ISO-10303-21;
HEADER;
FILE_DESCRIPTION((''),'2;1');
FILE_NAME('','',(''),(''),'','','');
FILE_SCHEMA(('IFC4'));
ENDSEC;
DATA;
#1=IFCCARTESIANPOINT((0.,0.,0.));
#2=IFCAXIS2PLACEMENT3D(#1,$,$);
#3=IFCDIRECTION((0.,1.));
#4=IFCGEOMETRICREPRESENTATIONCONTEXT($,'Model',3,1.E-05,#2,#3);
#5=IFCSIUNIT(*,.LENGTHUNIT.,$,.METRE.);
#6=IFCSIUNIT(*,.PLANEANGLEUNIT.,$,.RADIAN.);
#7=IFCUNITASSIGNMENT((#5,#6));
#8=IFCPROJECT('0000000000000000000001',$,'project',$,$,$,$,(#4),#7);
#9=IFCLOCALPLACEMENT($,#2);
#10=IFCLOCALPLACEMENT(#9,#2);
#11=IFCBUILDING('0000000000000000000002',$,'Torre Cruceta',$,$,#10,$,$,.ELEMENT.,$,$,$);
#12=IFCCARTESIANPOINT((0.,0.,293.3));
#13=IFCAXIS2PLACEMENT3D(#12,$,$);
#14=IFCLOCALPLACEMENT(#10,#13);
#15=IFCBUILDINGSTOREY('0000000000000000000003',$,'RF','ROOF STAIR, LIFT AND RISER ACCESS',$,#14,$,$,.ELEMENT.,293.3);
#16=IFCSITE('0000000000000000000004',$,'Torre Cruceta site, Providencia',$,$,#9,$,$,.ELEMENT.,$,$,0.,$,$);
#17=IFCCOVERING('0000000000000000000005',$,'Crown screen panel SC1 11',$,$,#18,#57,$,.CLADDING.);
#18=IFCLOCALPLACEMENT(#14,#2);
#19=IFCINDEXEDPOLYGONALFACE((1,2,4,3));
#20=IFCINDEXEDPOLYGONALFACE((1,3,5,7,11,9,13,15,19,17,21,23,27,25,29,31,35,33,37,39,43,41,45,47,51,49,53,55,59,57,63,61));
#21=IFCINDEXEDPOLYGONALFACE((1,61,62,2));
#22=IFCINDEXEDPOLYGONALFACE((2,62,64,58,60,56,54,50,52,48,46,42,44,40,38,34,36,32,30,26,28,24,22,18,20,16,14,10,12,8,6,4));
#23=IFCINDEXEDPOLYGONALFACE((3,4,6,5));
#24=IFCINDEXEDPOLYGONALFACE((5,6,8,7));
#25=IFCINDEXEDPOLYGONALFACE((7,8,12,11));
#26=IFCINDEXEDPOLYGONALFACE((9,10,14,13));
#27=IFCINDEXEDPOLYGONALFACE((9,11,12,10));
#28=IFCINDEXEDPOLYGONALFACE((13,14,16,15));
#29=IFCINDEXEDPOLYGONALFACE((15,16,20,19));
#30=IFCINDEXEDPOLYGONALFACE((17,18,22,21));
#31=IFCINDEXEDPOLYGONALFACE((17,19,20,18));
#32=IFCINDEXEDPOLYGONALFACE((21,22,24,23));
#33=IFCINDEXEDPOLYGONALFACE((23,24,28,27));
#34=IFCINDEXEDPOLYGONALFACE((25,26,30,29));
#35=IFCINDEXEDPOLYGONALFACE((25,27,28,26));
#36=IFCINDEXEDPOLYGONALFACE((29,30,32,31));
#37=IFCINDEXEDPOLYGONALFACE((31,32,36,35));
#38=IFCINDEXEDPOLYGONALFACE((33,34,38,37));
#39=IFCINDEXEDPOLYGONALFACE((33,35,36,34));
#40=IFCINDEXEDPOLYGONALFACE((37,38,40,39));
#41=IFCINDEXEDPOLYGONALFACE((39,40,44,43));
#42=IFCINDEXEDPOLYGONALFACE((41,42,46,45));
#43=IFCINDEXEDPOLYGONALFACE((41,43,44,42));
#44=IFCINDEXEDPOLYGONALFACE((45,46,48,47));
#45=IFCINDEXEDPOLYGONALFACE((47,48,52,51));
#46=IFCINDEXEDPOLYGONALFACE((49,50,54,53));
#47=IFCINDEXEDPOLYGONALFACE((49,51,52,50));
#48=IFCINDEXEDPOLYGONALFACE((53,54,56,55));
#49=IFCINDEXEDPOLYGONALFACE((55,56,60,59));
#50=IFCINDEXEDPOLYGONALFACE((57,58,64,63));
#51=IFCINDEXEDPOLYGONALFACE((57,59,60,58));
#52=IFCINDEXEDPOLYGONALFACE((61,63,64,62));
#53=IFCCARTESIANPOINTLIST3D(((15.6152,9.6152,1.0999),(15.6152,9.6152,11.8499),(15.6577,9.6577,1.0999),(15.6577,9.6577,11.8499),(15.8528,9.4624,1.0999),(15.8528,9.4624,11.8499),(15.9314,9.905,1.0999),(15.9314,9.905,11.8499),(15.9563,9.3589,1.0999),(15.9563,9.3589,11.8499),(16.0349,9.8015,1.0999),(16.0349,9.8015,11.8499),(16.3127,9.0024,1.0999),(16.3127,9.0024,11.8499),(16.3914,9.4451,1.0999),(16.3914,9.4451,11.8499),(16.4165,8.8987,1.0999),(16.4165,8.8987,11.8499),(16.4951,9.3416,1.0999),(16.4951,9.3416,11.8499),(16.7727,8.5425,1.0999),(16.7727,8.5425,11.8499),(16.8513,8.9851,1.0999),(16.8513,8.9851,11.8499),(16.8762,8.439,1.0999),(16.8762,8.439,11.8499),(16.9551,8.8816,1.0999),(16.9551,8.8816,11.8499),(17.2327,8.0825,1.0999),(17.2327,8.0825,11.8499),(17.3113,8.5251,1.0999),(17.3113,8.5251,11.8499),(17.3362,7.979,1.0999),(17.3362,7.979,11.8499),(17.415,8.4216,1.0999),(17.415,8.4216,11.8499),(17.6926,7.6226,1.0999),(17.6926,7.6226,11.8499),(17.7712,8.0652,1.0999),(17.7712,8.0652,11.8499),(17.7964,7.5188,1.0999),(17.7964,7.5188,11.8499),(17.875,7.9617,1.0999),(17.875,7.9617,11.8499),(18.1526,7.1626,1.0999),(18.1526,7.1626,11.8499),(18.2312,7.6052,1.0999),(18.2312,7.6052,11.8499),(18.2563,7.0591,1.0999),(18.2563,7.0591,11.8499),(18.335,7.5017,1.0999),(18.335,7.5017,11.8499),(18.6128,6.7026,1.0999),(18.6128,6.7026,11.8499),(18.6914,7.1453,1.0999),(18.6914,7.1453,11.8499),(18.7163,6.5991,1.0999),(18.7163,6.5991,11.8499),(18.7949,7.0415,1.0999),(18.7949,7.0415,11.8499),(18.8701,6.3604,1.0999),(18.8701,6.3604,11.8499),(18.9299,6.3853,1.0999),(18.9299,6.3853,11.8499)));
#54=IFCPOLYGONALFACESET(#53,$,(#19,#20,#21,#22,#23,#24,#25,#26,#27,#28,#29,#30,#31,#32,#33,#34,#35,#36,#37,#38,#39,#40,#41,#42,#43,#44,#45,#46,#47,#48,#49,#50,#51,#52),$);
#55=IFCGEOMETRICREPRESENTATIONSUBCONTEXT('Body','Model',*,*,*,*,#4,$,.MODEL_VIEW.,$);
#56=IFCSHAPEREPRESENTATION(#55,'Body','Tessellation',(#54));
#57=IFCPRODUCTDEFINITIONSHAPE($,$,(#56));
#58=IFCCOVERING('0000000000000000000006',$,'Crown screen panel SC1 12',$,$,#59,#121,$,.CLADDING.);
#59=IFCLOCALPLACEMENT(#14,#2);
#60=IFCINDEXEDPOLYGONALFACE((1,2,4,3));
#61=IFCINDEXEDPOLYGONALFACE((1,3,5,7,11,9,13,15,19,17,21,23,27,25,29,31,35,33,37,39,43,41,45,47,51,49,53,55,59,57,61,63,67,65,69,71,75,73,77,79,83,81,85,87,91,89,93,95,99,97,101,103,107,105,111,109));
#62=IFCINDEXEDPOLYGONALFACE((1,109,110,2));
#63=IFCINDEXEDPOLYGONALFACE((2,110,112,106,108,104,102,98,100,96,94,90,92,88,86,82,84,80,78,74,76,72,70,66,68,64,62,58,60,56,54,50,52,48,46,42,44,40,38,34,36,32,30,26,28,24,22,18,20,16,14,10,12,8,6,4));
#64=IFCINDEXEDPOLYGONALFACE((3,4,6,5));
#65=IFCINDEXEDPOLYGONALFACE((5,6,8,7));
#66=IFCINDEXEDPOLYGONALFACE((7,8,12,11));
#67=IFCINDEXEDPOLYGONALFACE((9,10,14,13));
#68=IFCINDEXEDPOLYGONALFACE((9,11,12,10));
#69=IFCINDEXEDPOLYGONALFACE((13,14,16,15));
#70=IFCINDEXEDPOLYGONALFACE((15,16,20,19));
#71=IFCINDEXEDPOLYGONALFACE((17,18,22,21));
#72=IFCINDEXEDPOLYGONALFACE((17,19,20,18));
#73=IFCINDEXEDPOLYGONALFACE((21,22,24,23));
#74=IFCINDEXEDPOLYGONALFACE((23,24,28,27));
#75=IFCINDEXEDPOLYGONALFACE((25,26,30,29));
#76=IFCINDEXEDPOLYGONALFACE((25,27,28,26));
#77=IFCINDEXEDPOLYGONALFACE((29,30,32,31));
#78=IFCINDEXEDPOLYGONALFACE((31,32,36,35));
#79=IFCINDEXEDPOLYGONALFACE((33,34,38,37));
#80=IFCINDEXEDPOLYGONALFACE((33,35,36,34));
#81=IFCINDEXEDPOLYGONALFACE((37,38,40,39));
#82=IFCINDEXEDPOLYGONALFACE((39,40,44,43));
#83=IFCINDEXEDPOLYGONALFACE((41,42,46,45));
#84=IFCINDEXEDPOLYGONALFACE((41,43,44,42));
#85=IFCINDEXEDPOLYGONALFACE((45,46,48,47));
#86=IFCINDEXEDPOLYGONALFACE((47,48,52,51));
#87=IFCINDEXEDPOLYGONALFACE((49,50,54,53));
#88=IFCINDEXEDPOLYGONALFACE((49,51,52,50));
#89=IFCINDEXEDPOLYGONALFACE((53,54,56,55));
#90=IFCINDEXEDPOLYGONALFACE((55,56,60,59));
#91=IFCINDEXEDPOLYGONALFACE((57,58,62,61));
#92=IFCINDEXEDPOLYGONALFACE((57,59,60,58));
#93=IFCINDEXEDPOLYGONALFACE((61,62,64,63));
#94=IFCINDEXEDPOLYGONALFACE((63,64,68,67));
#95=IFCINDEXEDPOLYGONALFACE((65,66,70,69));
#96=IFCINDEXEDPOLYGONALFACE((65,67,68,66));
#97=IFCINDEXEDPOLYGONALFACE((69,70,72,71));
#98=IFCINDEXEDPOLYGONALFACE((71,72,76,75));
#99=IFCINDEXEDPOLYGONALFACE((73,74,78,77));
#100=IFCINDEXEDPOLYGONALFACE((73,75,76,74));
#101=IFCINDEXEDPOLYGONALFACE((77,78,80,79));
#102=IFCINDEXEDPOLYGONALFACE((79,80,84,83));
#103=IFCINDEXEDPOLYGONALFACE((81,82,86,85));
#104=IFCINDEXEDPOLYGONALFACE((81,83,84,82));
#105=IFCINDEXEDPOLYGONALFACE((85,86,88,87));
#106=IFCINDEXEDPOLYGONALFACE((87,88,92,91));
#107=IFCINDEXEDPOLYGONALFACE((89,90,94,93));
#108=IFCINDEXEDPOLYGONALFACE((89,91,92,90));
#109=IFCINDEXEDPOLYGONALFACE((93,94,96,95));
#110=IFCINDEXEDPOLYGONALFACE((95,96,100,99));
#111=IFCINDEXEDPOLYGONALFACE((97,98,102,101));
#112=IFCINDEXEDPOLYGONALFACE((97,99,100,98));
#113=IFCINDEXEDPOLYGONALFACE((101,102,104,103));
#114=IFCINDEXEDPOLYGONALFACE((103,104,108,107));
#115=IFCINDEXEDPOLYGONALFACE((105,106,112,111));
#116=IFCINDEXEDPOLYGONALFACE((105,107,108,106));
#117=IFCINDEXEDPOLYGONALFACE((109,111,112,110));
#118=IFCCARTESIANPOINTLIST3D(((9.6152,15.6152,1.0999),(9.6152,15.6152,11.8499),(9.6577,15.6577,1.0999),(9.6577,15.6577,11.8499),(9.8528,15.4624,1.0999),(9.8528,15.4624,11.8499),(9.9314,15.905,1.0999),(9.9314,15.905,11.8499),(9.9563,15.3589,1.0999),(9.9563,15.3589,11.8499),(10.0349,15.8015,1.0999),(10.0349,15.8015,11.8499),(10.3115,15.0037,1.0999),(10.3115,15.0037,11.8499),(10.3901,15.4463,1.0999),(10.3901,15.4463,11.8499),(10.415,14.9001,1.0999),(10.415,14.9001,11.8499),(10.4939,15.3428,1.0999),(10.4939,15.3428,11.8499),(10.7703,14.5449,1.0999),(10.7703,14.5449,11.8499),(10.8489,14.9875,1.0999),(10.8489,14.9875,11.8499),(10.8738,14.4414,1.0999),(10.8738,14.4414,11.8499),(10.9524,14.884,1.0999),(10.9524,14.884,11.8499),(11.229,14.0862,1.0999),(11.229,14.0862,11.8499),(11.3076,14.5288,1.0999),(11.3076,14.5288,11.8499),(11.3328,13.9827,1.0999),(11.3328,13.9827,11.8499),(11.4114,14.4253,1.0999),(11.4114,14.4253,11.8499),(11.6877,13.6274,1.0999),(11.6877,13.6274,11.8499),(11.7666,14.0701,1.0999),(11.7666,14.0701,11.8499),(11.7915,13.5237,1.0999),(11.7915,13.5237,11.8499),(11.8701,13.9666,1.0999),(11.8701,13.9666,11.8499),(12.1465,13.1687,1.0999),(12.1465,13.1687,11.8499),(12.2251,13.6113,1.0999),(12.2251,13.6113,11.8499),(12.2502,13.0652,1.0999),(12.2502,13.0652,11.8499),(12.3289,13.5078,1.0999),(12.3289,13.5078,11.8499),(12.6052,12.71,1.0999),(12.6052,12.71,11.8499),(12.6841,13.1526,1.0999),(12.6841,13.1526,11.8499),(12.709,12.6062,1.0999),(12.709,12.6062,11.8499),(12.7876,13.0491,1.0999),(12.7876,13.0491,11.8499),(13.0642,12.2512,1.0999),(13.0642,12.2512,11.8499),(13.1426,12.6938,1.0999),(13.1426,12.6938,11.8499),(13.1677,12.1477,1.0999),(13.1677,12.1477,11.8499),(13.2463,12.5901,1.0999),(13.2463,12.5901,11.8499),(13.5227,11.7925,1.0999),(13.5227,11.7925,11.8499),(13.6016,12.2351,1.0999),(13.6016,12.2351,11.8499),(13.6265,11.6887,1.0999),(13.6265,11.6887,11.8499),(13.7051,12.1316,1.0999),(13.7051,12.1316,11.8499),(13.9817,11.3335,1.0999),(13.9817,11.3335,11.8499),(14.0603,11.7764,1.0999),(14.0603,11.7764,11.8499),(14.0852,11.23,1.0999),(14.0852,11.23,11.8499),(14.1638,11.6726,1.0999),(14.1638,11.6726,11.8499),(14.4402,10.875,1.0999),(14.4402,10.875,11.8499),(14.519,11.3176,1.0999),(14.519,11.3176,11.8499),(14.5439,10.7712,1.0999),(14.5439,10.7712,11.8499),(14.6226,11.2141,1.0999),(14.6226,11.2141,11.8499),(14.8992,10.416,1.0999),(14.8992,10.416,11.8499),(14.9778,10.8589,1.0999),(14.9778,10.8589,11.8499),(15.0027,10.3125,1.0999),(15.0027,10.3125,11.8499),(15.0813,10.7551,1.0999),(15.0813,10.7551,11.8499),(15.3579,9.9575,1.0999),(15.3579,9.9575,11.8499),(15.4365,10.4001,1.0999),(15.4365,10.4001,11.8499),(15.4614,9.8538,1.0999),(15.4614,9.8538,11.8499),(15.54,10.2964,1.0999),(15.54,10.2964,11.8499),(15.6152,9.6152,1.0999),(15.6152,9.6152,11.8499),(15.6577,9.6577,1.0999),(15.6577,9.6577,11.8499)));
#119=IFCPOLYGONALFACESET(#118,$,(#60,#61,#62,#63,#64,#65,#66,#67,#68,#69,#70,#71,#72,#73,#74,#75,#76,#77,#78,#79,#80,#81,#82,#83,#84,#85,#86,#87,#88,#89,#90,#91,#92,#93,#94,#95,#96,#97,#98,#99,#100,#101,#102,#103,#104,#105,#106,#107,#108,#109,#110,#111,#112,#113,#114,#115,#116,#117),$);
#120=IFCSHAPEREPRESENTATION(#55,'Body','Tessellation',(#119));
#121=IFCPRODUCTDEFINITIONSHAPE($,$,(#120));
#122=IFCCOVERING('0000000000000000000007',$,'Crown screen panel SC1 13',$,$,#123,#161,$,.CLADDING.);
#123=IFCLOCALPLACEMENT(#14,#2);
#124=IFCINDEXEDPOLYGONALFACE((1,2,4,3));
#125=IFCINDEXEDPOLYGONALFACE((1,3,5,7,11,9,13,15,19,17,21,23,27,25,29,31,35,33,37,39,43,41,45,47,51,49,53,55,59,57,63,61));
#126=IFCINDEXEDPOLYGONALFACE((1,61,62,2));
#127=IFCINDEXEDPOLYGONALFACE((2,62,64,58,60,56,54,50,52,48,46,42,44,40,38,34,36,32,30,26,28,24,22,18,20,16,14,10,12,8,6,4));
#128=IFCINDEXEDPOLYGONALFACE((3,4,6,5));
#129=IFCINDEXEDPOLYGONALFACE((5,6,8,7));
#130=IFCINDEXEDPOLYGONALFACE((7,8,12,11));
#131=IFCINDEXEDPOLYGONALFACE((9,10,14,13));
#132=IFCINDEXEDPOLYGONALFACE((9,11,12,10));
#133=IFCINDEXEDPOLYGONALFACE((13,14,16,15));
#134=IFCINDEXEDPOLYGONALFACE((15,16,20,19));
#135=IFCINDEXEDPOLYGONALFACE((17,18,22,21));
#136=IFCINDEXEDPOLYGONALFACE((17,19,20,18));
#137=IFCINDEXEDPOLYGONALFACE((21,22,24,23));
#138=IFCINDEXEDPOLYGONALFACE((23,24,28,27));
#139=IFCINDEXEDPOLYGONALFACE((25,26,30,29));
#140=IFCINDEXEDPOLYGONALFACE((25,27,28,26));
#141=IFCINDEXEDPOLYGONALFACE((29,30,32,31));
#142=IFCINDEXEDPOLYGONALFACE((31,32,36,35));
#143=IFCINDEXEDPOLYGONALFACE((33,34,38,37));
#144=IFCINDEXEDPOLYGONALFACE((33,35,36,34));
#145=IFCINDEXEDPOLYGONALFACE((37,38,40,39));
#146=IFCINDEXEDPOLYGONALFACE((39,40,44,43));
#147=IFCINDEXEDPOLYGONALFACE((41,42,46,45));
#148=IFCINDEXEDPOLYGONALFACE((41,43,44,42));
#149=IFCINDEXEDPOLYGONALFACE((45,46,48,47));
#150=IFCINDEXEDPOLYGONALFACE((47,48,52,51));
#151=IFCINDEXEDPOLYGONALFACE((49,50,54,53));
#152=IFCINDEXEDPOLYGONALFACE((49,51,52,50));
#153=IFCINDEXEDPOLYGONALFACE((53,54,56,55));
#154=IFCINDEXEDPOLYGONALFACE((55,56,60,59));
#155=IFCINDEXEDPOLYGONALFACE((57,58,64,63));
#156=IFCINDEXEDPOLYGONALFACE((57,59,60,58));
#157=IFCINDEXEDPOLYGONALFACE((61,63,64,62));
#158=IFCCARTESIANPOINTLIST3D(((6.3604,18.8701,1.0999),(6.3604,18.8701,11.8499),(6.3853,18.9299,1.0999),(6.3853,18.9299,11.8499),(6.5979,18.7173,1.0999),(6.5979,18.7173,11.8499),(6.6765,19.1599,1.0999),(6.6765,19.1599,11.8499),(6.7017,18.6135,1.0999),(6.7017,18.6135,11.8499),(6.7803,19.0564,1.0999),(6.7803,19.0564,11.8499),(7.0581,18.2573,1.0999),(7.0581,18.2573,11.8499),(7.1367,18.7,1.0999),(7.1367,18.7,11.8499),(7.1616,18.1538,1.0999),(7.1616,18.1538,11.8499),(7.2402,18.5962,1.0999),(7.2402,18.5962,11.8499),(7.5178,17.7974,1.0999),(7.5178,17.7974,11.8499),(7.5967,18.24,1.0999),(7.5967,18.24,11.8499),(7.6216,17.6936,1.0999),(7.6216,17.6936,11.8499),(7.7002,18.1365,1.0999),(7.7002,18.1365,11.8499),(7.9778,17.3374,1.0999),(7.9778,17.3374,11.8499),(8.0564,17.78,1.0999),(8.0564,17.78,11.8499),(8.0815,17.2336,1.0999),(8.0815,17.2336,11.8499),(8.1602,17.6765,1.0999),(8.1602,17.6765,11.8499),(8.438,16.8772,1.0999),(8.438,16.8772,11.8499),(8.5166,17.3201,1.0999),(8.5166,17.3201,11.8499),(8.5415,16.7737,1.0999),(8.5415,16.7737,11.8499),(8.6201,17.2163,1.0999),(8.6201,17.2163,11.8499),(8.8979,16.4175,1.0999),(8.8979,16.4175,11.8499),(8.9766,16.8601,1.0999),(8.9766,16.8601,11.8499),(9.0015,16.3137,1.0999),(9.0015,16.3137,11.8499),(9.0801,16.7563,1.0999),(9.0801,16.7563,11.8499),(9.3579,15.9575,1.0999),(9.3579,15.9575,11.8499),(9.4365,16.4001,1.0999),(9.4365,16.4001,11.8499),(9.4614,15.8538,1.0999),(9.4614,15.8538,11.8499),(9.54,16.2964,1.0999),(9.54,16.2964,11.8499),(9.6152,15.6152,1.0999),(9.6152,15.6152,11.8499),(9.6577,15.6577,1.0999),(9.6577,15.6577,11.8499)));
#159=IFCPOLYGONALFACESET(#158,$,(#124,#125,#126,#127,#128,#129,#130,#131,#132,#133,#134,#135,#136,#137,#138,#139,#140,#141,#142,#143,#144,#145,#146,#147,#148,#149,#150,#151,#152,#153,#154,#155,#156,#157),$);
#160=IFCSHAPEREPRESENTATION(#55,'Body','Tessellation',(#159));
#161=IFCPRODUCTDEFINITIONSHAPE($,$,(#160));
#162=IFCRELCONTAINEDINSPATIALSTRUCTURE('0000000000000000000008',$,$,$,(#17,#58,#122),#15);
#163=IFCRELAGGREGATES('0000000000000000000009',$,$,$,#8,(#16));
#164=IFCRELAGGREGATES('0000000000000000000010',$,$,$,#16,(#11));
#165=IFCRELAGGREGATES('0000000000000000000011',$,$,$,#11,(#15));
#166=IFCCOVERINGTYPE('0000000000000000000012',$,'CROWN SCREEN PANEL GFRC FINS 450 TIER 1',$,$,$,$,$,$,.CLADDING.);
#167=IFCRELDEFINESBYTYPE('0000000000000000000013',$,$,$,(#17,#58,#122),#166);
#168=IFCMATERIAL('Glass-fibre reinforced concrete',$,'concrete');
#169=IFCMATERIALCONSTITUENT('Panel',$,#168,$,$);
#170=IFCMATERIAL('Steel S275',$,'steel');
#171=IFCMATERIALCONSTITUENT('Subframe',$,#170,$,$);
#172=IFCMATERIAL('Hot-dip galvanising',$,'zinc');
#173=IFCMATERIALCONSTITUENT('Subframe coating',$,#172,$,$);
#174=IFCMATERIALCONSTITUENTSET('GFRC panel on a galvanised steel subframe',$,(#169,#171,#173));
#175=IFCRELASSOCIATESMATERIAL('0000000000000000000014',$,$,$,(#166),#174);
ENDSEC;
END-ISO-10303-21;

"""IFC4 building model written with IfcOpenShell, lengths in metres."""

from ifc_helpers import new_model, si_unit, direction, frame, origin, place, context, subcontext, project, spatial, polyline, outline, extrude, material, constituent, constituent_set, type_object, element, save


model = new_model("IFC4")

# Units and contexts
model_context = context("Model", 3, precision=1e-05, world=origin(), true_north=direction((0.0, 1.0)))
body_context = subcontext(model_context, "Body", "Model", "MODEL_VIEW")
ifc_project = project(units=[si_unit("LENGTHUNIT", "METRE"), si_unit("PLANEANGLEUNIT", "RADIAN")], contexts=[model_context])

# Site, building, storey
site_placement = place(None, origin())
site = spatial("IfcSite", under=ifc_project, at=site_placement, Name="Torre Cruceta site, Providencia", CompositionType="ELEMENT", RefElevation=0.0)
building_placement = place(site_placement, origin())
building = spatial("IfcBuilding", under=site, at=building_placement, Name="Torre Cruceta", CompositionType="ELEMENT")
storey_placement = place(building_placement, frame((0.0, 0.0, 293.3)))
storey = spatial("IfcBuildingStorey", under=building, at=storey_placement, Name="RF", Description="ROOF STAIR, LIFT AND RISER ACCESS", CompositionType="ELEMENT", Elevation=293.3)

# Coverings
ifc_material_1 = material(Name="Glass-fibre reinforced concrete", Category="concrete")
ifc_constituent_1 = constituent(ifc_material_1, Name="Panel")
ifc_material_2 = material(Name="Steel S275", Category="steel")
ifc_constituent_2 = constituent(ifc_material_2, Name="Subframe")
ifc_material_3 = material(Name="Hot-dip galvanising", Category="zinc")
ifc_constituent_3 = constituent(ifc_material_3, Name="Subframe coating")
ifc_constituent_set_1 = constituent_set(constituents=[ifc_constituent_1, ifc_constituent_2, ifc_constituent_3], Name="GFRC panel on a galvanised steel subframe")
covering_type_1 = type_object("IfcCoveringType", Name="CROWN SCREEN PANEL GFRC FINS 450 TIER 1", PredefinedType="CLADDING", material=ifc_constituent_set_1)
covering_1_placement = place(storey_placement, frame((0.0, 0.0, 1.0999)))
element("IfcCovering", 1, at=covering_1_placement, inside=storey, type_object=covering_type_1, Name="Crown screen panel SC1 11", PredefinedType="CLADDING", context=body_context, shape_type="SweptSolid", body=[
    extrude(outline(polyline([(18.6914, 7.1453), (18.6128, 6.7026), (18.2563, 7.0591), (18.335, 7.5017), (18.2312, 7.6052), (18.1526, 7.1626), (17.7964, 7.5188), (17.875, 7.9617), (17.7712, 8.0652), (17.6926, 7.6226), (17.3362, 7.979), (17.415, 8.4216), (17.3113, 8.5251), (17.2327, 8.0825), (16.8762, 8.439), (16.9551, 8.8816), (16.8513, 8.9851), (16.7727, 8.5425), (16.4165, 8.8987), (16.4951, 9.3416), (16.3914, 9.4451), (16.3127, 9.0024), (15.9563, 9.3589), (16.0349, 9.8015), (15.9314, 9.905), (15.8528, 9.4624), (15.6577, 9.6577), (15.6152, 9.6152), (18.8701, 6.3604), (18.9299, 6.3853), (18.7163, 6.5991), (18.7949, 7.0415), (18.6914, 7.1453)])), origin(), (0.0, 0.0, 1.0), 10.75),
])
covering_2_placement = place(storey_placement, frame((0.0, 0.0, 1.0999)))
element("IfcCovering", 2, at=covering_2_placement, inside=storey, type_object=covering_type_1, Name="Crown screen panel SC1 12", PredefinedType="CLADDING", context=body_context, shape_type="SweptSolid", body=[
    extrude(outline(polyline([(9.6577, 15.6577), (9.6152, 15.6152), (15.6152, 9.6152), (15.6577, 9.6577), (15.4614, 9.8538), (15.54, 10.2964), (15.4365, 10.4001), (15.3579, 9.9575), (15.0027, 10.3125), (15.0813, 10.7551), (14.9778, 10.8589), (14.8992, 10.416), (14.5439, 10.7712), (14.6226, 11.2141), (14.519, 11.3176), (14.4402, 10.875), (14.0852, 11.23), (14.1638, 11.6726), (14.0603, 11.7764), (13.9817, 11.3335), (13.6265, 11.6887), (13.7051, 12.1316), (13.6016, 12.2351), (13.5227, 11.7925), (13.1677, 12.1477), (13.2463, 12.5901), (13.1426, 12.6938), (13.0642, 12.2512), (12.709, 12.6062), (12.7876, 13.0491), (12.6841, 13.1526), (12.6052, 12.71), (12.2502, 13.0652), (12.3289, 13.5078), (12.2251, 13.6113), (12.1465, 13.1687), (11.7915, 13.5237), (11.8701, 13.9666), (11.7666, 14.0701), (11.6877, 13.6274), (11.3328, 13.9827), (11.4114, 14.4253), (11.3076, 14.5288), (11.229, 14.0862), (10.8738, 14.4414), (10.9524, 14.884), (10.8489, 14.9875), (10.7703, 14.5449), (10.415, 14.9001), (10.4939, 15.3428), (10.3901, 15.4463), (10.3115, 15.0037), (9.9563, 15.3589), (10.0349, 15.8015), (9.9314, 15.905), (9.8528, 15.4624), (9.6577, 15.6577)])), origin(), (0.0, 0.0, 1.0), 10.75),
])
covering_3_placement = place(storey_placement, frame((0.0, 0.0, 1.0999)))
element("IfcCovering", 3, at=covering_3_placement, inside=storey, type_object=covering_type_1, Name="Crown screen panel SC1 13", PredefinedType="CLADDING", context=body_context, shape_type="SweptSolid", body=[
    extrude(outline(polyline([(9.4365, 16.4001), (9.3579, 15.9575), (9.0015, 16.3137), (9.0801, 16.7563), (8.9766, 16.8601), (8.8979, 16.4175), (8.5415, 16.7737), (8.6201, 17.2163), (8.5166, 17.3201), (8.438, 16.8772), (8.0815, 17.2336), (8.1602, 17.6765), (8.0564, 17.78), (7.9778, 17.3374), (7.6216, 17.6936), (7.7002, 18.1365), (7.5967, 18.24), (7.5178, 17.7974), (7.1616, 18.1538), (7.2402, 18.5962), (7.1367, 18.7), (7.0581, 18.2573), (6.7017, 18.6135), (6.7803, 19.0564), (6.6765, 19.1599), (6.5979, 18.7173), (6.3853, 18.9299), (6.3604, 18.8701), (9.6152, 15.6152), (9.6577, 15.6577), (9.4614, 15.8538), (9.54, 16.2964), (9.4365, 16.4001)])), origin(), (0.0, 0.0, 1.0), 10.75),
])

save(model, "model.ifc")
